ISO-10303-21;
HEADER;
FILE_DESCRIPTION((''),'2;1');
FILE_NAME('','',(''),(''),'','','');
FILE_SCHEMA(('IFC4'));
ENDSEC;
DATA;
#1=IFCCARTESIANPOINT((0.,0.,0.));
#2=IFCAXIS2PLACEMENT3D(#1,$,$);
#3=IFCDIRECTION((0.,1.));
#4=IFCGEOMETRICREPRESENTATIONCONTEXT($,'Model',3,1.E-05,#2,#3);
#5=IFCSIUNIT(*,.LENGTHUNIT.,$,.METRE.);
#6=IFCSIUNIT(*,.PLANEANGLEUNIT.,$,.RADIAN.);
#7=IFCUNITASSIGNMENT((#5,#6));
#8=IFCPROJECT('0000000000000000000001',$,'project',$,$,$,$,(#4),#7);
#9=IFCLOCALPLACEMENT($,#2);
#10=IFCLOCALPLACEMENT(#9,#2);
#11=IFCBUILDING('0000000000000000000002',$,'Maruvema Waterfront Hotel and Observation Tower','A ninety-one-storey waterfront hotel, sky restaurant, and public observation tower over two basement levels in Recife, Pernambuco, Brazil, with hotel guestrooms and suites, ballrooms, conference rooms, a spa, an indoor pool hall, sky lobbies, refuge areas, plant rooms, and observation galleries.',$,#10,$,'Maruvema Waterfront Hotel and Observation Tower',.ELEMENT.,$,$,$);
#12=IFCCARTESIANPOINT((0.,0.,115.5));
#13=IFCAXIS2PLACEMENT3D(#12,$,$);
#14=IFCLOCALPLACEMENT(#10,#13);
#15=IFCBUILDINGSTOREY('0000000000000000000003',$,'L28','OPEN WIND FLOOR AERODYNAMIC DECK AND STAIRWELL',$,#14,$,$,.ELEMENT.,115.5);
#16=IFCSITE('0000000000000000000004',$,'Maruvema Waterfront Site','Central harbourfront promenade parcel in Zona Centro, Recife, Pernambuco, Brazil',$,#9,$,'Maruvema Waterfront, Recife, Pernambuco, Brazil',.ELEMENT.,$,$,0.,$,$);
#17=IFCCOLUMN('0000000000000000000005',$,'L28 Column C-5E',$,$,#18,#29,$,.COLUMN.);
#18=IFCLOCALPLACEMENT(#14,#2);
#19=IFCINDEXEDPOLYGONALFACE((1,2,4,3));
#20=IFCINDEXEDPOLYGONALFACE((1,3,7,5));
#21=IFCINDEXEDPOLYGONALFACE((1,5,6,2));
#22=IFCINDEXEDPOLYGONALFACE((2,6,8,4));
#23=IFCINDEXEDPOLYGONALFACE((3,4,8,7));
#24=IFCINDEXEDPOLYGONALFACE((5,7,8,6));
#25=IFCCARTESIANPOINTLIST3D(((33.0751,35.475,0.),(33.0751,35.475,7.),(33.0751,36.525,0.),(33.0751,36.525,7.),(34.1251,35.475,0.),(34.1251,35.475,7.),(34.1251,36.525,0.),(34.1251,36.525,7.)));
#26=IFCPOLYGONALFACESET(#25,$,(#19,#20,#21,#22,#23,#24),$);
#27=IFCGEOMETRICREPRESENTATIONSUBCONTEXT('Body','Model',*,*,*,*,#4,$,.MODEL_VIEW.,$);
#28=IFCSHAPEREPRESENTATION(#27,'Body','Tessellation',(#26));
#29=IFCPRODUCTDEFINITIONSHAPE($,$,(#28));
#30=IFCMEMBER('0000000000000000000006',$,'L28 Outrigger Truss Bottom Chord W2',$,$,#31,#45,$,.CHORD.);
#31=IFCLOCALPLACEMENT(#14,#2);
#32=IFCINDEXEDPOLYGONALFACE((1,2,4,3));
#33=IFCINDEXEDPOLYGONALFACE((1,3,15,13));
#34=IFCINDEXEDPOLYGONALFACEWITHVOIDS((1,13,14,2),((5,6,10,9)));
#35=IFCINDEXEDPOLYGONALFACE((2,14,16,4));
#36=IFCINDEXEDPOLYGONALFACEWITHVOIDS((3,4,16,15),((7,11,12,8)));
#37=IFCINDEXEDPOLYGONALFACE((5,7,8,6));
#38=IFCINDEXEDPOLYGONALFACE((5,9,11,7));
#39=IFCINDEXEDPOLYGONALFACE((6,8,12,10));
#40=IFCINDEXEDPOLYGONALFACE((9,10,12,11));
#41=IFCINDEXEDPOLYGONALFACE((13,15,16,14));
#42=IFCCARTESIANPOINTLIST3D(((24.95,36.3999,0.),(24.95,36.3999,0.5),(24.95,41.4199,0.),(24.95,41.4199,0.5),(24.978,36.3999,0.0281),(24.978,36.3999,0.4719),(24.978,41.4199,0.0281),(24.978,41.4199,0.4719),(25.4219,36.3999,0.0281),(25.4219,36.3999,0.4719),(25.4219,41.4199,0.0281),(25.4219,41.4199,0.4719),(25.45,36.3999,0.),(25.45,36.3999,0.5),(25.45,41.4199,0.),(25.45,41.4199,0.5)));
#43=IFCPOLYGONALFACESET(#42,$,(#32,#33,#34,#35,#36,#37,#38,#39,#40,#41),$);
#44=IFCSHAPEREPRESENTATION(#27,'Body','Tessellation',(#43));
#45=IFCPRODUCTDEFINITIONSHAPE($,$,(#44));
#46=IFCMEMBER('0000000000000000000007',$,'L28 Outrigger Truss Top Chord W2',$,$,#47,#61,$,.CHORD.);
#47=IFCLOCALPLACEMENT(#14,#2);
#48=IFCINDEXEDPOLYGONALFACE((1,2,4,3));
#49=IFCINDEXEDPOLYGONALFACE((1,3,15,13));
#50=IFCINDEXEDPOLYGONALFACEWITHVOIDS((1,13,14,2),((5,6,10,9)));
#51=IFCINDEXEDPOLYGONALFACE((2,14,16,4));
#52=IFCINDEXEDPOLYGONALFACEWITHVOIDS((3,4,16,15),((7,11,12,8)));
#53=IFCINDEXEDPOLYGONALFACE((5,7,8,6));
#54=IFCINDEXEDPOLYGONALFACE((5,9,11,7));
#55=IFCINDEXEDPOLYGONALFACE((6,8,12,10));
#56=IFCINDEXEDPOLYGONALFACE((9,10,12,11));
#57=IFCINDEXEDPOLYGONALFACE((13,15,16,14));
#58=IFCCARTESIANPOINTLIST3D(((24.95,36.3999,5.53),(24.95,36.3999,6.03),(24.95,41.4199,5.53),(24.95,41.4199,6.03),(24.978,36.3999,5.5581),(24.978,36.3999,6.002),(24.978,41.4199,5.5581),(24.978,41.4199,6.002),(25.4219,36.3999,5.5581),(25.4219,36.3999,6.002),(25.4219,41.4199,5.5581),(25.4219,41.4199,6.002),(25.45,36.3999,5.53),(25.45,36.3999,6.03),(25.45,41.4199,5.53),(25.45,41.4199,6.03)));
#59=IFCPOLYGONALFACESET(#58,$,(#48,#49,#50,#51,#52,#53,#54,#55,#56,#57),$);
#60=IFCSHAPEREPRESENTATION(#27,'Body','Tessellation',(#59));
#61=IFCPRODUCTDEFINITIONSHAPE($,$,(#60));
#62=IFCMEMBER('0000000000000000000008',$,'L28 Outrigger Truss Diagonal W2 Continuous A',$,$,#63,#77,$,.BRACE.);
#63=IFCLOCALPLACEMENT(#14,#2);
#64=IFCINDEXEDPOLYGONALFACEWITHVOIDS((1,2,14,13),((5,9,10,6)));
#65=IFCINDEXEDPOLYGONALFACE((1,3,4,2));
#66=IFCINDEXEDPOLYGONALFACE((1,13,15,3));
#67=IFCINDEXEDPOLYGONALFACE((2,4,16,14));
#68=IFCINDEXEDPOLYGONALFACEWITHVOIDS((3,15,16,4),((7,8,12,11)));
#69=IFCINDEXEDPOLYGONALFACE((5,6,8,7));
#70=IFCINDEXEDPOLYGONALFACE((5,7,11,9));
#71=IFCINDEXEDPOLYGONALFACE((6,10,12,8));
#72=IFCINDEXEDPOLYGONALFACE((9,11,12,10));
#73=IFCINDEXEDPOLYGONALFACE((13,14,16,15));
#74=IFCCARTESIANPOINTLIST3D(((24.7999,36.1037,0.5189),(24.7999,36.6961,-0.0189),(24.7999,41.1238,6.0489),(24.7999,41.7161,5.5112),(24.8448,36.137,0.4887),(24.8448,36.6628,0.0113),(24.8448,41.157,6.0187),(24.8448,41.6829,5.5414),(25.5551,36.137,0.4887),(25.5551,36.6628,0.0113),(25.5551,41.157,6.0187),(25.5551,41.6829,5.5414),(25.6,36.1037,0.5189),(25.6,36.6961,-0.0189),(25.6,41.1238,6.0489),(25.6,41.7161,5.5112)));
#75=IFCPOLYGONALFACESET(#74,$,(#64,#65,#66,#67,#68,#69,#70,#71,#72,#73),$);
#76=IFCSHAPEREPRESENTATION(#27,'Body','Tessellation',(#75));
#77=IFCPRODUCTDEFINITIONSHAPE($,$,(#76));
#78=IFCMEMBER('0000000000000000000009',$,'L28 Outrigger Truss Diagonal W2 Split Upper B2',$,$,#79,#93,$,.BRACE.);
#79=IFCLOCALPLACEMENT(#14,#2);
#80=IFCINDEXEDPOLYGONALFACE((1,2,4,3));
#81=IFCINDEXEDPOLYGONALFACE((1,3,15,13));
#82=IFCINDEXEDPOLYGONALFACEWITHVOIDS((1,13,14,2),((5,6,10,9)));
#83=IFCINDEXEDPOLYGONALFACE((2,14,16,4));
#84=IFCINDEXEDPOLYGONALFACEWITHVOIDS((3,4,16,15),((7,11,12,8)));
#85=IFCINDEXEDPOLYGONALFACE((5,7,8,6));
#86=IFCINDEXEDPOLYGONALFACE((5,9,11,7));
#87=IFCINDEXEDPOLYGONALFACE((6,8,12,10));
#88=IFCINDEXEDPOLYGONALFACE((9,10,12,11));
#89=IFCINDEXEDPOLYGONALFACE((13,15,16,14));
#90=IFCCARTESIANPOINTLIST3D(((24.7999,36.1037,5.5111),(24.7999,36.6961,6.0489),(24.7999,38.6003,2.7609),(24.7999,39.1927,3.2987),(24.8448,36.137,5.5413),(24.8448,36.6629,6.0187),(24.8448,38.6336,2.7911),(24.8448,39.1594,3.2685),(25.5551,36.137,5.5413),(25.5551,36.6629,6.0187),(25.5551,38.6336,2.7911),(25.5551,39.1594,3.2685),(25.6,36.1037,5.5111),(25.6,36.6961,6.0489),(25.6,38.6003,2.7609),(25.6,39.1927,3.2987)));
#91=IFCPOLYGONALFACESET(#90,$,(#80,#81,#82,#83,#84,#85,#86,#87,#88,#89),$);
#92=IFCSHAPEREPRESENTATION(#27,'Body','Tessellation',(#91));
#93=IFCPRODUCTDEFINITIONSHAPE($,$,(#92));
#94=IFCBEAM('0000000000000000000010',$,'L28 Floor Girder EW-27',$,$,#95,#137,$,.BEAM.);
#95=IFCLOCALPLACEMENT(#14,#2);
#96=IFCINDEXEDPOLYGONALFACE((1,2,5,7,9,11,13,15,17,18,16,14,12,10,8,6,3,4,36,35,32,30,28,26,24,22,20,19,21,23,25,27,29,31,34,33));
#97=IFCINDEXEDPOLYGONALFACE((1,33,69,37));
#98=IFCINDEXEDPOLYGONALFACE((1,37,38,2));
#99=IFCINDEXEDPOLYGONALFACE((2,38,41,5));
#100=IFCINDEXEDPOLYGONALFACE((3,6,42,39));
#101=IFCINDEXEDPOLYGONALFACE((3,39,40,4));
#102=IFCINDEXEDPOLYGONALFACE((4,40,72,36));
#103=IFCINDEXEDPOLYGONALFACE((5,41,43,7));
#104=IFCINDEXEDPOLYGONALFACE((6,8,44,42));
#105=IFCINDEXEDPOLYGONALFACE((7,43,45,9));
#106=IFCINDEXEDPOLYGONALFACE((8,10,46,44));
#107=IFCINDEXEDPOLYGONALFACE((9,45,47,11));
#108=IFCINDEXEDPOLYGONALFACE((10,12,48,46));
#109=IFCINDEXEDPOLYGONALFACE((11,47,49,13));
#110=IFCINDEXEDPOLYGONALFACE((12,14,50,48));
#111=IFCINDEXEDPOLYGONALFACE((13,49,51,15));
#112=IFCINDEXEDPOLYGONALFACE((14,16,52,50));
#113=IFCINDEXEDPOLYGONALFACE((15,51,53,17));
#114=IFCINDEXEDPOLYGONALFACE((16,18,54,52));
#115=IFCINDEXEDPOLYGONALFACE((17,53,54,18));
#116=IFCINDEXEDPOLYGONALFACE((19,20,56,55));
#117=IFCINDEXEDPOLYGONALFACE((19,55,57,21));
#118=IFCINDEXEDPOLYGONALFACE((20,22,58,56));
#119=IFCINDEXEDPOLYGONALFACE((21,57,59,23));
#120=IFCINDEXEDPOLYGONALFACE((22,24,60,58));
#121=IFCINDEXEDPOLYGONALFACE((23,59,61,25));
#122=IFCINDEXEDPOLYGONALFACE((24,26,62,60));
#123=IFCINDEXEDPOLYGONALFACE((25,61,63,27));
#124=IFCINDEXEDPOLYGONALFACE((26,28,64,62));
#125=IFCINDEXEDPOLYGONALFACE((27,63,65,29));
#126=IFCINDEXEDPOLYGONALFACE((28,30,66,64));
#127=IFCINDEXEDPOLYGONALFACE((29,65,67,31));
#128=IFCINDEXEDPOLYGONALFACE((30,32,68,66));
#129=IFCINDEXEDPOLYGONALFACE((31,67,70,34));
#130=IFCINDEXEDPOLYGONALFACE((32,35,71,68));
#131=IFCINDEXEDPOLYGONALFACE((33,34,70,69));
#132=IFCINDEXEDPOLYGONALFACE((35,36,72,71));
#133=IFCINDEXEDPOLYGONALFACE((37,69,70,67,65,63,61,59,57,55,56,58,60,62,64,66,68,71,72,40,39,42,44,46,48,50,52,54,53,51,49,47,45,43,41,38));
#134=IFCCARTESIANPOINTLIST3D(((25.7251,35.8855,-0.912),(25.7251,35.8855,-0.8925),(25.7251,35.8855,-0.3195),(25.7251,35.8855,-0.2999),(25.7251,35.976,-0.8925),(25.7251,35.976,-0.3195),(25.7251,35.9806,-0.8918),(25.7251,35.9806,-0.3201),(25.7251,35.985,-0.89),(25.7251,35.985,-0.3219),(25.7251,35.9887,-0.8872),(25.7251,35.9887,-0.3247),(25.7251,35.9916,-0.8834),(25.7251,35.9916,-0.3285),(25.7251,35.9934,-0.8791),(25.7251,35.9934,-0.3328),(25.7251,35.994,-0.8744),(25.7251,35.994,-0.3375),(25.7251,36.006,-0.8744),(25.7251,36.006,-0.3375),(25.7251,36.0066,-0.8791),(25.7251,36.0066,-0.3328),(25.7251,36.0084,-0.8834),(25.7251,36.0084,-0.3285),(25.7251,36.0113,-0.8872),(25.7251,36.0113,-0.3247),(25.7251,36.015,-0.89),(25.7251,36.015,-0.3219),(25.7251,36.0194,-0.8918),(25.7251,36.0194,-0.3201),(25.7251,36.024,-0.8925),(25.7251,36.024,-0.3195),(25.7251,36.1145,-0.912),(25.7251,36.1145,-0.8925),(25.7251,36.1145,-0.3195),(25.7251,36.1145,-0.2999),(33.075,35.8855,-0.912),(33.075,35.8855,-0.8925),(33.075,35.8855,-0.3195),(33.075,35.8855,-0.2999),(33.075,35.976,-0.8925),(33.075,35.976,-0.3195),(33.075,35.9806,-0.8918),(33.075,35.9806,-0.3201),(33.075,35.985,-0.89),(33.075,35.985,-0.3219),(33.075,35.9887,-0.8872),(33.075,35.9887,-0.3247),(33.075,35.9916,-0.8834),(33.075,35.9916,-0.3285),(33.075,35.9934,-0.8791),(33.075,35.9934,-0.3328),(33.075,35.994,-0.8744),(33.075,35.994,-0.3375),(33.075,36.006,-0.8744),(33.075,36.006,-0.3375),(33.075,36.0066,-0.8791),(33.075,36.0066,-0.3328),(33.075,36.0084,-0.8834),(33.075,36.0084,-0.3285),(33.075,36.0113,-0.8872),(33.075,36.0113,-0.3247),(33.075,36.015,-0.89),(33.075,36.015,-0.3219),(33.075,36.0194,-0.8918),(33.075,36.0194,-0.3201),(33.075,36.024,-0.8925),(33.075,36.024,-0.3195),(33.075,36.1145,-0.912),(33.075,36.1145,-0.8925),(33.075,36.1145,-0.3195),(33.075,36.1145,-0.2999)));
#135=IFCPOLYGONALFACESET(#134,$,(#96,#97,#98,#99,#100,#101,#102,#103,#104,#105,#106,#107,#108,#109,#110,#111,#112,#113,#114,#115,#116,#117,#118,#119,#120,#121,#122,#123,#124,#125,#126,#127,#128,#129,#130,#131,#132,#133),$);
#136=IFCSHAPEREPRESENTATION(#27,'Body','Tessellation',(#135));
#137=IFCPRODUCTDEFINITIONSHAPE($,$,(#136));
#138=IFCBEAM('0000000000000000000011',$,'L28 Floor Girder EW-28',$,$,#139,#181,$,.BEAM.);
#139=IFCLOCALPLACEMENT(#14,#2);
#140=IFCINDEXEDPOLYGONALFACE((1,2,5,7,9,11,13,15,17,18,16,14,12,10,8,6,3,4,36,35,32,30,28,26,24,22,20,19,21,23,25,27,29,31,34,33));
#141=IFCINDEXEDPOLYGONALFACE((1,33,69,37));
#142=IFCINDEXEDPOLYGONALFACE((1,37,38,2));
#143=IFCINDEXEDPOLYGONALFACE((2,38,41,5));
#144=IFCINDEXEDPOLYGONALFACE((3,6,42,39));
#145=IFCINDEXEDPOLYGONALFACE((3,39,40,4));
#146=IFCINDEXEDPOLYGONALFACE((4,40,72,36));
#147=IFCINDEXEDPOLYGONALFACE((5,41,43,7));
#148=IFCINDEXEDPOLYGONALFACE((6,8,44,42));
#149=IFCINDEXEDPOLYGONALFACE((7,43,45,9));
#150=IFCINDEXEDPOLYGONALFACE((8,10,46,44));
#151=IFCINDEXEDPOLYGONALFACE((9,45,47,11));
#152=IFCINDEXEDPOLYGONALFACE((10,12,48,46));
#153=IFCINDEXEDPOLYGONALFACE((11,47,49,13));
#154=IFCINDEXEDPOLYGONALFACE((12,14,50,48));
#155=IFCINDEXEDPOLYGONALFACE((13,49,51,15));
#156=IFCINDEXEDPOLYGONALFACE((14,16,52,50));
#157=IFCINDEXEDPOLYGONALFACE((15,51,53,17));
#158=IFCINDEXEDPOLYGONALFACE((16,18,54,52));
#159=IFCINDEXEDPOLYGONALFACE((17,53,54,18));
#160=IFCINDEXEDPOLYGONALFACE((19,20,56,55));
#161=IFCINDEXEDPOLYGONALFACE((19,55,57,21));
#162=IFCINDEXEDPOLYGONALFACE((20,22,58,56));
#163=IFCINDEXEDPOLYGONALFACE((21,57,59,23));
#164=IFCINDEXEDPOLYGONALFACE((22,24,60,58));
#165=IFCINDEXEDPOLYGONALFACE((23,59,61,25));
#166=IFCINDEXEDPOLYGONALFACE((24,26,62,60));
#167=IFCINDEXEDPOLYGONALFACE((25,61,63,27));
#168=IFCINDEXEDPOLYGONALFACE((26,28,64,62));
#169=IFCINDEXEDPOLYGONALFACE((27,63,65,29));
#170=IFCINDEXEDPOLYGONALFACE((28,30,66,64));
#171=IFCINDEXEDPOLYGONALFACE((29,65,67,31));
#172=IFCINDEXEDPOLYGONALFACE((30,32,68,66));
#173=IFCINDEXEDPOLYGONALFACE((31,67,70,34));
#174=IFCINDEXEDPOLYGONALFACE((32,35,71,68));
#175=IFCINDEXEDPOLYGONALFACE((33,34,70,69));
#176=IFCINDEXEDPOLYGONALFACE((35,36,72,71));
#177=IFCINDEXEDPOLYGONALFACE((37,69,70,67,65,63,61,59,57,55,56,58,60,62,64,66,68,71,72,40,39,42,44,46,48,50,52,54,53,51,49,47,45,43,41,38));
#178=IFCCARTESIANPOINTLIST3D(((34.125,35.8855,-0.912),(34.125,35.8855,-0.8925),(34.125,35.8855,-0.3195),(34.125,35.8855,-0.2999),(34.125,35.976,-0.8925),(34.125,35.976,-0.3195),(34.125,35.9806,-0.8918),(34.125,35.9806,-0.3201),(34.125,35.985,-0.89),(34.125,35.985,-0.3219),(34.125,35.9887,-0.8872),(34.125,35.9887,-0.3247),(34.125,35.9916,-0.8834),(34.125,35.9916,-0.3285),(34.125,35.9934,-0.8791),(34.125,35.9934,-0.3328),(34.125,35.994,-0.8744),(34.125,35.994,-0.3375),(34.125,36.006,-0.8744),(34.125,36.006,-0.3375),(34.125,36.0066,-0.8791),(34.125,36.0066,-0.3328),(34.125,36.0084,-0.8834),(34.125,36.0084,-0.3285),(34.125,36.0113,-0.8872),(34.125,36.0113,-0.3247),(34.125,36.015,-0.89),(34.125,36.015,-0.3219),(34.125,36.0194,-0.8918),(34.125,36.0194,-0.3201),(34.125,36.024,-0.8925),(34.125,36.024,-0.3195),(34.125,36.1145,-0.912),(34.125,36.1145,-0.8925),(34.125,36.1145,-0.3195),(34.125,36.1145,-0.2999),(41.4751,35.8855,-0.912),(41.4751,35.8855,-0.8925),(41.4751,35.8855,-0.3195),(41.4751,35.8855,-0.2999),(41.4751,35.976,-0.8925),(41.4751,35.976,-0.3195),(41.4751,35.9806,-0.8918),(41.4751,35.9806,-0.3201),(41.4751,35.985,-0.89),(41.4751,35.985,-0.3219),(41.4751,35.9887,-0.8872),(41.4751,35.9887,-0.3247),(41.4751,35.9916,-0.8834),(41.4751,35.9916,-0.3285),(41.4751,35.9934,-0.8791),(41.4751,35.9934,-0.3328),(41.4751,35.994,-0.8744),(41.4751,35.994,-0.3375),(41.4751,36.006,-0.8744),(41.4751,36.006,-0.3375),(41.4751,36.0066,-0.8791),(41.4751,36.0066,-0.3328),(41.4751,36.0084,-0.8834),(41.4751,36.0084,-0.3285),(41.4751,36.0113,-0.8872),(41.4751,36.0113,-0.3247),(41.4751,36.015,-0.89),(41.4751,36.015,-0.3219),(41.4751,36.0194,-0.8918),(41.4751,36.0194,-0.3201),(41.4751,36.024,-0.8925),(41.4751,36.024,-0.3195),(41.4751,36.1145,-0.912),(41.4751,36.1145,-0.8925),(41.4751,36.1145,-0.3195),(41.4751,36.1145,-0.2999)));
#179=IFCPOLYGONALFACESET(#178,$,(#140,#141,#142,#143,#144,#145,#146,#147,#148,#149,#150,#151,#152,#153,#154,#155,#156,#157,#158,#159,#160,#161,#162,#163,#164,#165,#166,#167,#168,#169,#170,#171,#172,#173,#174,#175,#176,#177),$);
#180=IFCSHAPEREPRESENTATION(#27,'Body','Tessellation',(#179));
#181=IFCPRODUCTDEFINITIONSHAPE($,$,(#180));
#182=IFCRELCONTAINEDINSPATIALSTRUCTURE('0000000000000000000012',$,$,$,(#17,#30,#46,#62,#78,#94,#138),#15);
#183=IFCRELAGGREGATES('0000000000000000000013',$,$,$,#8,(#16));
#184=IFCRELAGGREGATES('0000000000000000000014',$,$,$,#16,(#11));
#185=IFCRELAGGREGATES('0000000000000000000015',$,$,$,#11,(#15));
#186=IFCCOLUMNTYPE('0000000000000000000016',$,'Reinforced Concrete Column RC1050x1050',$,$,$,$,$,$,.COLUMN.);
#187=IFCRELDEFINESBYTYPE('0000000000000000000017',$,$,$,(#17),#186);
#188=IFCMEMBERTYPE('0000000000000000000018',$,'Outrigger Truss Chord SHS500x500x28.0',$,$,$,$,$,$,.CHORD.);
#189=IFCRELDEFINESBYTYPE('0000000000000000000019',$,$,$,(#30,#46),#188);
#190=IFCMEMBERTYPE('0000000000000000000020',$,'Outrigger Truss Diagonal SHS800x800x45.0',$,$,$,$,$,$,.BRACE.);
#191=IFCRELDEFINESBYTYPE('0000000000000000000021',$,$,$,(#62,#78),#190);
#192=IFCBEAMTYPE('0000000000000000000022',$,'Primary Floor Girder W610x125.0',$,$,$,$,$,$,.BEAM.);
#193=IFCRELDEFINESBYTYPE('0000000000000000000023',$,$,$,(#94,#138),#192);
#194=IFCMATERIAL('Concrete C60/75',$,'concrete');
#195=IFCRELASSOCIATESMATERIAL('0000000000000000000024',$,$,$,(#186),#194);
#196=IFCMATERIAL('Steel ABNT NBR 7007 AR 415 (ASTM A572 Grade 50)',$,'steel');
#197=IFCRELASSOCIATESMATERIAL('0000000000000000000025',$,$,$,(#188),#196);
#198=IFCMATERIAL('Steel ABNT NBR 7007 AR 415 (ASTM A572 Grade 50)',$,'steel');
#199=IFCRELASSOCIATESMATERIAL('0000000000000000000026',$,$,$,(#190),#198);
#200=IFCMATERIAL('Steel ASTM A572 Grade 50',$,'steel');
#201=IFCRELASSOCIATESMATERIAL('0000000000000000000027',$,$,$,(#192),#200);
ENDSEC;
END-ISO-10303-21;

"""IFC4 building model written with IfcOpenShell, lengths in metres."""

from ifc_helpers import new_model, si_unit, direction, frame, origin, origin_2d, place, context, subcontext, project, spatial, rectangle, hollow_rectangle, i_section, extrude, material, material_profile, profile_set, type_object, element, save


model = new_model("IFC4")

# Units and contexts
model_context = context("Model", 3, precision=1e-05, world=origin(), true_north=direction((0.0, 1.0)))
body_context = subcontext(model_context, "Body", "Model", "MODEL_VIEW")
ifc_project = project(units=[si_unit("LENGTHUNIT", "METRE"), si_unit("PLANEANGLEUNIT", "RADIAN")], contexts=[model_context])

# Site, building, storey
site_placement = place(None, origin())
site = spatial("IfcSite", under=ifc_project, at=site_placement, Name="Maruvema Waterfront Site", Description="Central harbourfront promenade parcel in Zona Centro, Recife, Pernambuco, Brazil", LongName="Maruvema Waterfront, Recife, Pernambuco, Brazil", CompositionType="ELEMENT", RefElevation=0.0)
building_placement = place(site_placement, origin())
building = spatial("IfcBuilding", under=site, at=building_placement, Name="Maruvema Waterfront Hotel and Observation Tower", Description="A ninety-one-storey waterfront hotel, sky restaurant, and public observation tower over two basement levels in Recife, Pernambuco, Brazil, with hotel guestrooms and suites, ballrooms, conference rooms, a spa, an indoor pool hall, sky lobbies, refuge areas, plant rooms, and observation galleries.", LongName="Maruvema Waterfront Hotel and Observation Tower", CompositionType="ELEMENT")
storey_placement = place(building_placement, frame((0.0, 0.0, 115.5)))
storey = spatial("IfcBuildingStorey", under=building, at=storey_placement, Name="L28", Description="OPEN WIND FLOOR AERODYNAMIC DECK AND STAIRWELL", CompositionType="ELEMENT", Elevation=115.5)

# Column
ifc_material_1 = material(Name="Concrete C60/75", Category="concrete")
ifc_material_profile_1 = material_profile(ifc_material_1, rectangle(XDim=1.05, YDim=1.05, at=origin_2d()), Name="RC1050x1050")
ifc_profile_set_1 = profile_set([ifc_material_profile_1], Name="Concrete C60/75")
column_type = type_object("IfcColumnType", Name="Reinforced Concrete Column RC1050x1050", PredefinedType="COLUMN", material=ifc_profile_set_1)
column_placement = place(storey_placement, frame((33.6001, 36.0, 0.0), z_axis=(0.0, 0.0, 1.0), x_axis=(1.0, 0.0, 0.0)))
element("IfcColumn", 1, at=column_placement, inside=storey, type_object=column_type, Name="L28 Column C-5E", PredefinedType="COLUMN", context=body_context, shape_type="SweptSolid", body=[
    extrude(rectangle(XDim=1.05, YDim=1.05, at=origin_2d()), origin(), (0.0, 0.0, 1.0), 7.0),
])

# Members
ifc_material_2 = material(Name="Steel ABNT NBR 7007 AR 415 (ASTM A572 Grade 50)", Category="steel")
ifc_material_profile_2 = material_profile(ifc_material_2, hollow_rectangle(XDim=0.5, YDim=0.5, WallThickness=0.0281, at=origin_2d()), Name="SHS500x500x28.0")
ifc_profile_set_2 = profile_set([ifc_material_profile_2], Name="Steel ABNT NBR 7007 AR 415 (ASTM A572 Grade 50)")
member_type_1 = type_object("IfcMemberType", Name="Outrigger Truss Chord SHS500x500x28.0", PredefinedType="CHORD", material=ifc_profile_set_2)
for number, where, z_axis, x_axis, name in (
    (2, (25.2, 36.3999, 0.25), (0.0, 1.0, 0.0), (-1.0, 0.0, 0.0), "L28 Outrigger Truss Bottom Chord W2"),
    (3, (25.2, 36.3999, 5.78), (0.0, 1.0, 0.0), (-1.0, 0.0, 0.0), "L28 Outrigger Truss Top Chord W2"),
):
    element("IfcMember", number, at=place(storey_placement, frame(where, z_axis=z_axis, x_axis=x_axis)), inside=storey, type_object=member_type_1, Name=name, PredefinedType="CHORD", context=body_context, shape_type="SweptSolid", body=[
        extrude(hollow_rectangle(XDim=0.5, YDim=0.5, WallThickness=0.0281, at=origin_2d()), origin(), (0.0, 0.0, 1.0), 5.02),
    ])
ifc_material_3 = material(Name="Steel ABNT NBR 7007 AR 415 (ASTM A572 Grade 50)", Category="steel")
ifc_material_profile_3 = material_profile(ifc_material_3, hollow_rectangle(XDim=0.8, YDim=0.8, WallThickness=0.0449, at=origin_2d()), Name="SHS800x800x45.0")
ifc_profile_set_3 = profile_set([ifc_material_profile_3], Name="Steel ABNT NBR 7007 AR 415 (ASTM A572 Grade 50)")
member_type_2 = type_object("IfcMemberType", Name="Outrigger Truss Diagonal SHS800x800x45.0", PredefinedType="BRACE", material=ifc_profile_set_3)
member_1_placement = place(storey_placement, frame((25.2, 36.3999, 0.25), z_axis=(0.0, 0.672139, 0.740425), x_axis=(-1.0, 0.0, 0.0)))
element("IfcMember", 4, at=member_1_placement, inside=storey, type_object=member_type_2, Name="L28 Outrigger Truss Diagonal W2 Continuous A", PredefinedType="BRACE", context=body_context, shape_type="SweptSolid", body=[
    extrude(hollow_rectangle(XDim=0.8, YDim=0.8, WallThickness=0.0449, at=origin_2d()), origin(), (0.0, 0.0, 1.0), 7.4688),
])
member_2_placement = place(storey_placement, frame((25.2, 38.8965, 3.0298), z_axis=(0.0, -0.672136, 0.740428), x_axis=(1.0, 0.0, 0.0)))
element("IfcMember", 5, at=member_2_placement, inside=storey, type_object=member_type_2, Name="L28 Outrigger Truss Diagonal W2 Split Upper B2", PredefinedType="BRACE", context=body_context, shape_type="SweptSolid", body=[
    extrude(hollow_rectangle(XDim=0.8, YDim=0.8, WallThickness=0.0449, at=origin_2d()), origin(), (0.0, 0.0, 1.0), 3.7144),
])

# Beams
ifc_material_4 = material(Name="Steel ASTM A572 Grade 50", Category="steel")
ifc_material_profile_4 = material_profile(ifc_material_4, i_section(OverallWidth=0.229, OverallDepth=0.6121, WebThickness=0.012, FlangeThickness=0.0195, FilletRadius=0.0181, at=origin_2d()), Name="W610x125.0")
ifc_profile_set_4 = profile_set([ifc_material_profile_4], Name="Steel ASTM A572 Grade 50")
beam_type = type_object("IfcBeamType", Name="Primary Floor Girder W610x125.0", PredefinedType="BEAM", material=ifc_profile_set_4)
beam_1_placement = place(storey_placement, frame((25.7251, 36.0, -0.606), z_axis=(1.0, 0.0, 0.0), x_axis=(0.0, 1.0, 0.0)))
element("IfcBeam", 6, at=beam_1_placement, inside=storey, type_object=beam_type, Name="L28 Floor Girder EW-27", PredefinedType="BEAM", context=body_context, shape_type="SweptSolid", body=[
    extrude(i_section(OverallWidth=0.229, OverallDepth=0.6121, WebThickness=0.012, FlangeThickness=0.0195, FilletRadius=0.0181, at=origin_2d()), origin(), (0.0, 0.0, 1.0), 7.3499),
])
beam_2_placement = place(storey_placement, frame((34.125, 36.0, -0.606), z_axis=(1.0, 0.0, 0.0), x_axis=(0.0, 1.0, 0.0)))
element("IfcBeam", 7, at=beam_2_placement, inside=storey, type_object=beam_type, Name="L28 Floor Girder EW-28", PredefinedType="BEAM", context=body_context, shape_type="SweptSolid", body=[
    extrude(i_section(OverallWidth=0.229, OverallDepth=0.6121, WebThickness=0.012, FlangeThickness=0.0195, FilletRadius=0.0181, at=origin_2d()), origin(), (0.0, 0.0, 1.0), 7.3501),
])

save(model, "model.ifc")
